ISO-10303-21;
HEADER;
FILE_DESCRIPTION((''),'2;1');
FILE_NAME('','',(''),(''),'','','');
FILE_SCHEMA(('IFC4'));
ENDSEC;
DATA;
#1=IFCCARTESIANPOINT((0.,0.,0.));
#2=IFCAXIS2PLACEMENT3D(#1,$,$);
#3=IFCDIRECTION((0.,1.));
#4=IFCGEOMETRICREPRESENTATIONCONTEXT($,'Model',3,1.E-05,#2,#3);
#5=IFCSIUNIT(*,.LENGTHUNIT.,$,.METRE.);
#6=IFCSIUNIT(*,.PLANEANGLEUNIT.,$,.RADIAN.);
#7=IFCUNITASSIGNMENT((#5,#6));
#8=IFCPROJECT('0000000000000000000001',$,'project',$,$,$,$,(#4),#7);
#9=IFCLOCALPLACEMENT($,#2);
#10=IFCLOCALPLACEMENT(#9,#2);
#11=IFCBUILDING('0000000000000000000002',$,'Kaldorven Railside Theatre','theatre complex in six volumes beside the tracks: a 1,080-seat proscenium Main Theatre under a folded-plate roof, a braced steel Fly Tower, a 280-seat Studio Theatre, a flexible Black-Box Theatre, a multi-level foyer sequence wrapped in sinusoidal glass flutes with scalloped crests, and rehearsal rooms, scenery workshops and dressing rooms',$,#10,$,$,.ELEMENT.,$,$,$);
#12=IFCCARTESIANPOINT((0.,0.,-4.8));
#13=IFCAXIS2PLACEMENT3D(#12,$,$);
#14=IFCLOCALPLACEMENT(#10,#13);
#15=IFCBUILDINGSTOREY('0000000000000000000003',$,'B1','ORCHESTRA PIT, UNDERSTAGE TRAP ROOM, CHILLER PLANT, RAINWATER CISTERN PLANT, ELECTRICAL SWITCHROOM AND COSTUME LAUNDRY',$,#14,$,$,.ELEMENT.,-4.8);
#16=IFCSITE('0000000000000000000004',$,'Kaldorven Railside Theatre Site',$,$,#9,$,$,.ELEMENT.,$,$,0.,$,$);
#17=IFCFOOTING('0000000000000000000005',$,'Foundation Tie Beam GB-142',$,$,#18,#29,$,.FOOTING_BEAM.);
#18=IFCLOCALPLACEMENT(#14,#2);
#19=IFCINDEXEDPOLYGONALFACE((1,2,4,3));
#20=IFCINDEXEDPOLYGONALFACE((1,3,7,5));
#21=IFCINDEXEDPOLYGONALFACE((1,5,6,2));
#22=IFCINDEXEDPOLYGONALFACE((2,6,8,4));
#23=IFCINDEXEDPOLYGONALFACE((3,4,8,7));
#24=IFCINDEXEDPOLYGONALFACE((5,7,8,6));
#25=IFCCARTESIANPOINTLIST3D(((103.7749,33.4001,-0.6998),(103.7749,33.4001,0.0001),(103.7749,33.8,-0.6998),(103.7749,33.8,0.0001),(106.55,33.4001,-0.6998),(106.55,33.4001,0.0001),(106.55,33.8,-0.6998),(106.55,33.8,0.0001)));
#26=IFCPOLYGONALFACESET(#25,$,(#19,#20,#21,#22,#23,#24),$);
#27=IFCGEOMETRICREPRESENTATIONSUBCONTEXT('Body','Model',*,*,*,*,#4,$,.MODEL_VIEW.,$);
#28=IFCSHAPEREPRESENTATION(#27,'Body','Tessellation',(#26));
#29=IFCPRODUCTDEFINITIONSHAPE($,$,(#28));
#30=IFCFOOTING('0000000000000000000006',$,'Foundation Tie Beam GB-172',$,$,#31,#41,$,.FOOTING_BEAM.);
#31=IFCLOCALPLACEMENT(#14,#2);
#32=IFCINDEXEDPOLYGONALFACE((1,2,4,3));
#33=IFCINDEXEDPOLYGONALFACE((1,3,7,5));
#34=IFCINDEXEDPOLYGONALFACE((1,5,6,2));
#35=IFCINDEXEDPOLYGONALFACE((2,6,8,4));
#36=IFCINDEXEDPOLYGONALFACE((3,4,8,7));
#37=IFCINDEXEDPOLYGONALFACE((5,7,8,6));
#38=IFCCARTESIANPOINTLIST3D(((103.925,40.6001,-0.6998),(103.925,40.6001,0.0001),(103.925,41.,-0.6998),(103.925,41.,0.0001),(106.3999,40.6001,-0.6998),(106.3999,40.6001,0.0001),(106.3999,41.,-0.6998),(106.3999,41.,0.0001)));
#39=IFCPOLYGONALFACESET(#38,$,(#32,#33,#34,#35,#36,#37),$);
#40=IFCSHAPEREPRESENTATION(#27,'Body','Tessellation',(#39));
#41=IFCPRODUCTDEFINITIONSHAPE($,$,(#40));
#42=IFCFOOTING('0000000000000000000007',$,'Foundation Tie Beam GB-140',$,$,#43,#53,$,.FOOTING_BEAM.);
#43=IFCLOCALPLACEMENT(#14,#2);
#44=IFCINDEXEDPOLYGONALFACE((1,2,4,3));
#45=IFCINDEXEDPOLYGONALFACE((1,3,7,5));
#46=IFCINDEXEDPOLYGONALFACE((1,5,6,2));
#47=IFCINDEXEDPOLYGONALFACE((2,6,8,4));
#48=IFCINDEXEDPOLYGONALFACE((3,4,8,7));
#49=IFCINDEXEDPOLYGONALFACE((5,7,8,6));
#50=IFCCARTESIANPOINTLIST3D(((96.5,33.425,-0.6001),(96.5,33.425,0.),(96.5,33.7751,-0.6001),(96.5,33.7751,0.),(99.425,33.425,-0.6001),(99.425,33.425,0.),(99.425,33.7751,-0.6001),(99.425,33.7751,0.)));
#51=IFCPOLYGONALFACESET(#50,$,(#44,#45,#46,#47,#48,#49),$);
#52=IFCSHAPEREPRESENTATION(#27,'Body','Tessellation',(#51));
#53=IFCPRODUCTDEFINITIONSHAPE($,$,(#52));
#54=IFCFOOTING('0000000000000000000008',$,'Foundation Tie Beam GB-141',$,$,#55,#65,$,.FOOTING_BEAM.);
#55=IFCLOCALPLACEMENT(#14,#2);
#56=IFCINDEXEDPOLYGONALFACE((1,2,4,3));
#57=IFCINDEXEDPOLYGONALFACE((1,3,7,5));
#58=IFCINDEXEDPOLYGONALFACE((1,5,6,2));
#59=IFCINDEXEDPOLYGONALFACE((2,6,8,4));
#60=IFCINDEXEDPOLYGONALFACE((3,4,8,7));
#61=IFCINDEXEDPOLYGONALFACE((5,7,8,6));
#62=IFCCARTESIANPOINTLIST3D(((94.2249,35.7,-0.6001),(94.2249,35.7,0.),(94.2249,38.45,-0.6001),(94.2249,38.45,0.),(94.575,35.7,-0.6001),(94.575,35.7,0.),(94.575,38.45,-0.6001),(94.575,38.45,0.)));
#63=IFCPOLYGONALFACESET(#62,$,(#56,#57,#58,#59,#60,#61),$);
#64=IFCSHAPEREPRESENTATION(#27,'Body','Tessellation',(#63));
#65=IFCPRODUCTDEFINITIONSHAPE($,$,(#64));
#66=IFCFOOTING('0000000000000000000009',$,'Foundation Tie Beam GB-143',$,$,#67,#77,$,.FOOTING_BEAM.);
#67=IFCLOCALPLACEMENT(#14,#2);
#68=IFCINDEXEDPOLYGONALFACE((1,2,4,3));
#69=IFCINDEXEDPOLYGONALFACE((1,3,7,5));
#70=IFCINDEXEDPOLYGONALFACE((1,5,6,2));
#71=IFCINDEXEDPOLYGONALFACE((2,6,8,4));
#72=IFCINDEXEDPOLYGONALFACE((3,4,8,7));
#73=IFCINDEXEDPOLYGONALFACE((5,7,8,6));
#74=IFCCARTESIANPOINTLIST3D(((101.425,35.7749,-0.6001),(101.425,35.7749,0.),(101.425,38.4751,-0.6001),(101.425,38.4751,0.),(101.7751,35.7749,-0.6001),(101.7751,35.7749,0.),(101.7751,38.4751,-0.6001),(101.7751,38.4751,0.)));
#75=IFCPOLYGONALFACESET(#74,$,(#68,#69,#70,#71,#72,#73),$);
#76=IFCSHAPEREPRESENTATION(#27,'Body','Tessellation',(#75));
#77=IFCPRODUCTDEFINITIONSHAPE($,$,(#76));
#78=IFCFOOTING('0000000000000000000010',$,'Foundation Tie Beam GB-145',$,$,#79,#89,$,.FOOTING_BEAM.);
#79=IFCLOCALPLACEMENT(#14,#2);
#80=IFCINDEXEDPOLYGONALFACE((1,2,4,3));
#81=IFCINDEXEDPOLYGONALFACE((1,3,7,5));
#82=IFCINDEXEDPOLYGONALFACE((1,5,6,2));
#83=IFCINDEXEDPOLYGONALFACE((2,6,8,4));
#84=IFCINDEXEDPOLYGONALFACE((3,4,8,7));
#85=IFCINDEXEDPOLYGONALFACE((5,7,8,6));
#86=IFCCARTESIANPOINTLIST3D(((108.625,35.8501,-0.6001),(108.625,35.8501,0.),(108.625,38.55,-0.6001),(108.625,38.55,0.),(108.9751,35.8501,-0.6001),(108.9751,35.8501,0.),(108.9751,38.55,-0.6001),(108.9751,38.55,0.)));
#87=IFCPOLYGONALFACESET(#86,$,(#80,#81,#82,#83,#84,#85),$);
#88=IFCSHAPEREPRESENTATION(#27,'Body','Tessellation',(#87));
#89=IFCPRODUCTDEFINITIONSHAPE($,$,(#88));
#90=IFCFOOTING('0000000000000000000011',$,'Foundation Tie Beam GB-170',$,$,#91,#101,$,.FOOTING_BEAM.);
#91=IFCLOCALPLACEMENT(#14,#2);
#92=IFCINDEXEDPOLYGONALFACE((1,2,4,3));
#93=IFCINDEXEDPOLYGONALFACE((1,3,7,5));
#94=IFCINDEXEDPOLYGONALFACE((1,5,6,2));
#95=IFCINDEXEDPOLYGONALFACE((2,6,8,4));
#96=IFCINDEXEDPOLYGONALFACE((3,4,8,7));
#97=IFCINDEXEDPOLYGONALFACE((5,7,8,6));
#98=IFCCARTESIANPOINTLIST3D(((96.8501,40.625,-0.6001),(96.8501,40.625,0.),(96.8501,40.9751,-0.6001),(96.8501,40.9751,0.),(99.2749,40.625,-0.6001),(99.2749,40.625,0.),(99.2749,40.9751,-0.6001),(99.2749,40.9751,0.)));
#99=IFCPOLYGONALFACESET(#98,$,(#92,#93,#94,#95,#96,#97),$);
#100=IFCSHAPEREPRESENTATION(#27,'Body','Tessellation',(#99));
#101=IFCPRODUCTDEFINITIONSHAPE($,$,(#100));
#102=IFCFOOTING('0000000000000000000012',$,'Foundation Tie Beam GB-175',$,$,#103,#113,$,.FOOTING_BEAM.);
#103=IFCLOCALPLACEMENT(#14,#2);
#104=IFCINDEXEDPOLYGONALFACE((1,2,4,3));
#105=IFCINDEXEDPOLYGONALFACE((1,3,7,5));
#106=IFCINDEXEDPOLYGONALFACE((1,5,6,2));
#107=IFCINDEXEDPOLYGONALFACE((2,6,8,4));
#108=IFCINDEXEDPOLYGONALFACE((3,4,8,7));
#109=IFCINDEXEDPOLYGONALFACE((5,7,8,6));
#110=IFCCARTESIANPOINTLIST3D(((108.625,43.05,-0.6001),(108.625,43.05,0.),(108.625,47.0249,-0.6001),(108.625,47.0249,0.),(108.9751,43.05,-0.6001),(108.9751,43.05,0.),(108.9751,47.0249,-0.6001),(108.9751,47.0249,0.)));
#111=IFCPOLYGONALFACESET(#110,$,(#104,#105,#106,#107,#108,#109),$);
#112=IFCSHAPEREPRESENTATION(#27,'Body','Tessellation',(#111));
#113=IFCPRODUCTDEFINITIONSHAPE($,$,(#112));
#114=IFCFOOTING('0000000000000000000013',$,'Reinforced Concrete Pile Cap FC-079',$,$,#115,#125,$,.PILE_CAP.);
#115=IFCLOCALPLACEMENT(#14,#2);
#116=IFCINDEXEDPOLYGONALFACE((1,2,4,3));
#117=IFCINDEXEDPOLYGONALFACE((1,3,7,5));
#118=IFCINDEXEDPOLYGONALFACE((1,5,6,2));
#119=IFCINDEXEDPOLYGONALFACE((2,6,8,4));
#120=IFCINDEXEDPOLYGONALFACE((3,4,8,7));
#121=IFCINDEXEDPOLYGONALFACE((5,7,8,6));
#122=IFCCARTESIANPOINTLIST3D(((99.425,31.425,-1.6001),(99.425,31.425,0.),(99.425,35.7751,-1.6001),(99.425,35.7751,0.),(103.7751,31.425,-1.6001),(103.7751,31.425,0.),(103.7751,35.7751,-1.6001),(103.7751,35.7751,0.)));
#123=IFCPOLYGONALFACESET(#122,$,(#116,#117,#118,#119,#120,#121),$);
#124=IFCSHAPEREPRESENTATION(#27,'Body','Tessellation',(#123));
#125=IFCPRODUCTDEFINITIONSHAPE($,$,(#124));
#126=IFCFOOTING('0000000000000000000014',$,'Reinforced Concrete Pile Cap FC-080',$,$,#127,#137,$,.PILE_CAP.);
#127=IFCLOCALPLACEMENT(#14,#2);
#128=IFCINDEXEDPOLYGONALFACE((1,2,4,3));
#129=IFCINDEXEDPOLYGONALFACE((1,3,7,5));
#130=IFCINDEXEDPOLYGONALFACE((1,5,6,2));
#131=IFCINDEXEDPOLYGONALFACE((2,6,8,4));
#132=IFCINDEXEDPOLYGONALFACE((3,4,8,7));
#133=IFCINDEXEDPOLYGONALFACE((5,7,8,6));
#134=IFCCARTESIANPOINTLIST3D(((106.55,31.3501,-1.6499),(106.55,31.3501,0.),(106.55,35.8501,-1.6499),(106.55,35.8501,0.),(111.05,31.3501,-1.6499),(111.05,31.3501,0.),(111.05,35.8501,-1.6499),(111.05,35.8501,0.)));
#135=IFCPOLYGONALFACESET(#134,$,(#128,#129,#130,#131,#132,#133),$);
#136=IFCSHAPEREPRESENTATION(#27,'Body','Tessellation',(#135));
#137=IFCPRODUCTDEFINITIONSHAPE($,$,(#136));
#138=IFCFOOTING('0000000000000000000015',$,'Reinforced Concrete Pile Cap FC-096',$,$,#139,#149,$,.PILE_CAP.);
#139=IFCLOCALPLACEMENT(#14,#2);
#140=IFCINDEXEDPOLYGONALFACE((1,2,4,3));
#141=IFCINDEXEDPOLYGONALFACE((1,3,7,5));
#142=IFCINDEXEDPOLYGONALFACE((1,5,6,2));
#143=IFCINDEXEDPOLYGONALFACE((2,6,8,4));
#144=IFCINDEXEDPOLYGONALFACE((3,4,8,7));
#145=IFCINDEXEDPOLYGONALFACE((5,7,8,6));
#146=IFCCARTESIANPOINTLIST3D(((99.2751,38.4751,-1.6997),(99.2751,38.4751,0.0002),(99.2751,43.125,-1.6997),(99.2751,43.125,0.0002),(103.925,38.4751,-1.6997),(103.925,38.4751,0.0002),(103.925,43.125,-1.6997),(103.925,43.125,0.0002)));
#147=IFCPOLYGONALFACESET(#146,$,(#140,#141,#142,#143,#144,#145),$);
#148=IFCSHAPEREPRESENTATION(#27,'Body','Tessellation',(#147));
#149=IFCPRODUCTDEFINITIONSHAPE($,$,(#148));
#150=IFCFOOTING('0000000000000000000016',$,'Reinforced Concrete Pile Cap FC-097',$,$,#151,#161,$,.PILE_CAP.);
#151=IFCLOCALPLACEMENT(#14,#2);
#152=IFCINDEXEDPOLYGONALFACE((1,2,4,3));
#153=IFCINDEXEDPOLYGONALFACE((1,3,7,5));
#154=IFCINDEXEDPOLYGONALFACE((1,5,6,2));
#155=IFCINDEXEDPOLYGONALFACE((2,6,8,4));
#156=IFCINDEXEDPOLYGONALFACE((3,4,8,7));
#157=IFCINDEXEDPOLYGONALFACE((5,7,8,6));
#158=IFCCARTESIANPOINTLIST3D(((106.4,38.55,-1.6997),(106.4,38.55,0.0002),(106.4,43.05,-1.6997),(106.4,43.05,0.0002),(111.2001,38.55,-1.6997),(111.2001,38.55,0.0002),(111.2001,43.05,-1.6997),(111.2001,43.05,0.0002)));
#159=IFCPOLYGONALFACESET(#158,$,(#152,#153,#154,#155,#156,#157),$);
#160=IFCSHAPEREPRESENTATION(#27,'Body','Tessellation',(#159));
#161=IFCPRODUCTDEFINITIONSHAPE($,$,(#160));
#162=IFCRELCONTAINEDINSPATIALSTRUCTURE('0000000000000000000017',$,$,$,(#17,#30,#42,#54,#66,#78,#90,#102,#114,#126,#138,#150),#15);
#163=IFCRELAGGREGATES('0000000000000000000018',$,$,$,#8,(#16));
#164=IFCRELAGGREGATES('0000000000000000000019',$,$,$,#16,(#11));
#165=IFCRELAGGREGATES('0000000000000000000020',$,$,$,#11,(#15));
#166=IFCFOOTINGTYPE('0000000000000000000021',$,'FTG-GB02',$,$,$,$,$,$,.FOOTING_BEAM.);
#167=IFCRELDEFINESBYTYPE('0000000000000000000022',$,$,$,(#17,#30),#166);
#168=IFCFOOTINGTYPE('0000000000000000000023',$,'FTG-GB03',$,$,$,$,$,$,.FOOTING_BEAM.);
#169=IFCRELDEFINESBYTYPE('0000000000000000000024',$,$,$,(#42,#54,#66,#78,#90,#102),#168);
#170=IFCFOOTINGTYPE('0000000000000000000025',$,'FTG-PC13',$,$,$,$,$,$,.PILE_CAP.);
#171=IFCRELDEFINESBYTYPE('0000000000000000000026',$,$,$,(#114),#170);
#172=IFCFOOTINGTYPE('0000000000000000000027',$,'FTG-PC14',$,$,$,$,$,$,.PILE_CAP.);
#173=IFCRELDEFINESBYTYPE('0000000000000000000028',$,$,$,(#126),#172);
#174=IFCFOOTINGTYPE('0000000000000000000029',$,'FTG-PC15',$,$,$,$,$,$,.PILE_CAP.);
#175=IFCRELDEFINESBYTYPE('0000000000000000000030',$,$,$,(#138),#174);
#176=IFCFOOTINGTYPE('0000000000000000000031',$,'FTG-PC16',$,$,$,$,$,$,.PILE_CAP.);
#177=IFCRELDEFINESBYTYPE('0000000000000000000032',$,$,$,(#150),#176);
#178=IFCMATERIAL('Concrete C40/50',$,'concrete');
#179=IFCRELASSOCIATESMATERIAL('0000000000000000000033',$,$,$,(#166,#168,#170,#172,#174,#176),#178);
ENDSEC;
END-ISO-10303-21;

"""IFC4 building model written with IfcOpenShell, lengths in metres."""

from ifc_helpers import new_model, si_unit, direction, frame, origin, origin_2d, place, context, subcontext, project, spatial, rectangle, extrude, material, material_profile, profile_set, type_object, element, save


model = new_model("IFC4")

# Units and contexts
model_context = context("Model", 3, precision=1e-05, world=origin(), true_north=direction((0.0, 1.0)))
body_context = subcontext(model_context, "Body", "Model", "MODEL_VIEW")
ifc_project = project(units=[si_unit("LENGTHUNIT", "METRE"), si_unit("PLANEANGLEUNIT", "RADIAN")], contexts=[model_context])

# Site, building, storey
site_placement = place(None, origin())
site = spatial("IfcSite", under=ifc_project, at=site_placement, Name="Kaldorven Railside Theatre Site", CompositionType="ELEMENT", RefElevation=0.0)
building_placement = place(site_placement, origin())
building = spatial("IfcBuilding", under=site, at=building_placement, Name="Kaldorven Railside Theatre", Description="theatre complex in six volumes beside the tracks: a 1,080-seat proscenium Main Theatre under a folded-plate roof, a braced steel Fly Tower, a 280-seat Studio Theatre, a flexible Black-Box Theatre, a multi-level foyer sequence wrapped in sinusoidal glass flutes with scalloped crests, and rehearsal rooms, scenery workshops and dressing rooms", CompositionType="ELEMENT")
storey_placement = place(building_placement, frame((0.0, 0.0, -4.8)))
storey = spatial("IfcBuildingStorey", under=building, at=storey_placement, Name="B1", Description="ORCHESTRA PIT, UNDERSTAGE TRAP ROOM, CHILLER PLANT, RAINWATER CISTERN PLANT, ELECTRICAL SWITCHROOM AND COSTUME LAUNDRY", CompositionType="ELEMENT", Elevation=-4.8)

# Footings
ifc_material_1 = material(Name="Concrete C40/50", Category="concrete")
ifc_material_profile_1 = material_profile(ifc_material_1, rectangle(XDim=0.3999, YDim=0.7, at=origin_2d()), Name="RC 400x700")
ifc_profile_set_1 = profile_set([ifc_material_profile_1], Name="Concrete C40/50")
footing_type_1 = type_object("IfcFootingType", Name="FTG-GB02", PredefinedType="FOOTING_BEAM", material=ifc_profile_set_1)
footing_1_placement = place(storey_placement, frame((103.7749, 33.6001, -0.3499), z_axis=(1.0, 0.0, 0.0), x_axis=(0.0, 1.0, 0.0)))
element("IfcFooting", 1, at=footing_1_placement, inside=storey, type_object=footing_type_1, Name="Foundation Tie Beam GB-142", PredefinedType="FOOTING_BEAM", context=body_context, shape_type="SweptSolid", body=[
    extrude(rectangle(XDim=0.3999, YDim=0.7, at=origin_2d()), origin(), (0.0, 0.0, 1.0), 2.7751),
])
footing_2_placement = place(storey_placement, frame((103.925, 40.8, -0.3499), z_axis=(1.0, 0.0, 0.0), x_axis=(0.0, 1.0, 0.0)))
element("IfcFooting", 2, at=footing_2_placement, inside=storey, type_object=footing_type_1, Name="Foundation Tie Beam GB-172", PredefinedType="FOOTING_BEAM", context=body_context, shape_type="SweptSolid", body=[
    extrude(rectangle(XDim=0.3999, YDim=0.7, at=origin_2d()), origin(), (0.0, 0.0, 1.0), 2.4749),
])
ifc_material_profile_2 = material_profile(ifc_material_1, rectangle(XDim=0.3501, YDim=0.6001, at=origin_2d()), Name="RC 350x600")
ifc_profile_set_2 = profile_set([ifc_material_profile_2], Name="Concrete C40/50")
footing_type_2 = type_object("IfcFootingType", Name="FTG-GB03", PredefinedType="FOOTING_BEAM", material=ifc_profile_set_2)
footing_3_placement = place(storey_placement, frame((96.5, 33.6001, -0.3), z_axis=(1.0, 0.0, 0.0), x_axis=(0.0, 1.0, 0.0)))
element("IfcFooting", 3, at=footing_3_placement, inside=storey, type_object=footing_type_2, Name="Foundation Tie Beam GB-140", PredefinedType="FOOTING_BEAM", context=body_context, shape_type="SweptSolid", body=[
    extrude(rectangle(XDim=0.3501, YDim=0.6001, at=origin_2d()), origin(), (0.0, 0.0, 1.0), 2.925),
])
footing_4_placement = place(storey_placement, frame((94.3999, 35.7, -0.3), z_axis=(0.0, 1.0, 0.0), x_axis=(-1.0, 0.0, 0.0)))
element("IfcFooting", 4, at=footing_4_placement, inside=storey, type_object=footing_type_2, Name="Foundation Tie Beam GB-141", PredefinedType="FOOTING_BEAM", context=body_context, shape_type="SweptSolid", body=[
    extrude(rectangle(XDim=0.3501, YDim=0.6001, at=origin_2d()), origin(), (0.0, 0.0, 1.0), 2.75),
])
footing_5_placement = place(storey_placement, frame((101.6001, 35.7749, -0.3), z_axis=(0.0, 1.0, 0.0), x_axis=(-1.0, 0.0, 0.0)))
element("IfcFooting", 5, at=footing_5_placement, inside=storey, type_object=footing_type_2, Name="Foundation Tie Beam GB-143", PredefinedType="FOOTING_BEAM", context=body_context, shape_type="SweptSolid", body=[
    extrude(rectangle(XDim=0.3501, YDim=0.6001, at=origin_2d()), origin(), (0.0, 0.0, 1.0), 2.7002),
])
footing_6_placement = place(storey_placement, frame((108.8, 35.8501, -0.3), z_axis=(0.0, 1.0, 0.0), x_axis=(-1.0, 0.0, 0.0)))
element("IfcFooting", 6, at=footing_6_placement, inside=storey, type_object=footing_type_2, Name="Foundation Tie Beam GB-145", PredefinedType="FOOTING_BEAM", context=body_context, shape_type="SweptSolid", body=[
    extrude(rectangle(XDim=0.3501, YDim=0.6001, at=origin_2d()), origin(), (0.0, 0.0, 1.0), 2.7),
])
footing_7_placement = place(storey_placement, frame((96.8501, 40.8, -0.3), z_axis=(1.0, 0.0, 0.0), x_axis=(0.0, 1.0, 0.0)))
element("IfcFooting", 7, at=footing_7_placement, inside=storey, type_object=footing_type_2, Name="Foundation Tie Beam GB-170", PredefinedType="FOOTING_BEAM", context=body_context, shape_type="SweptSolid", body=[
    extrude(rectangle(XDim=0.3501, YDim=0.6001, at=origin_2d()), origin(), (0.0, 0.0, 1.0), 2.4248),
])
footing_8_placement = place(storey_placement, frame((108.8, 43.05, -0.3), z_axis=(0.0, 1.0, 0.0), x_axis=(-1.0, 0.0, 0.0)))
element("IfcFooting", 8, at=footing_8_placement, inside=storey, type_object=footing_type_2, Name="Foundation Tie Beam GB-175", PredefinedType="FOOTING_BEAM", context=body_context, shape_type="SweptSolid", body=[
    extrude(rectangle(XDim=0.3501, YDim=0.6001, at=origin_2d()), origin(), (0.0, 0.0, 1.0), 3.9749),
])
footing_type_3 = type_object("IfcFootingType", Name="FTG-PC13", PredefinedType="PILE_CAP", material=ifc_material_1)
footing_9_placement = place(storey_placement, frame((101.6001, 33.6001, -1.6001), z_axis=(0.0, 0.0, 1.0), x_axis=(1.0, 0.0, 0.0)))
element("IfcFooting", 9, at=footing_9_placement, inside=storey, type_object=footing_type_3, Name="Reinforced Concrete Pile Cap FC-079", PredefinedType="PILE_CAP", context=body_context, shape_type="SweptSolid", body=[
    extrude(rectangle(XDim=4.3501, YDim=4.3501, at=origin_2d()), origin(), (0.0, 0.0, 1.0), 1.6001),
])
footing_type_4 = type_object("IfcFootingType", Name="FTG-PC14", PredefinedType="PILE_CAP", material=ifc_material_1)
footing_10_placement = place(storey_placement, frame((108.8, 33.6001, -1.6499), z_axis=(0.0, 0.0, 1.0), x_axis=(1.0, 0.0, 0.0)))
element("IfcFooting", 10, at=footing_10_placement, inside=storey, type_object=footing_type_4, Name="Reinforced Concrete Pile Cap FC-080", PredefinedType="PILE_CAP", context=body_context, shape_type="SweptSolid", body=[
    extrude(rectangle(XDim=4.5, YDim=4.5, at=origin_2d()), origin(), (0.0, 0.0, 1.0), 1.6499),
])
footing_type_5 = type_object("IfcFootingType", Name="FTG-PC15", PredefinedType="PILE_CAP", material=ifc_material_1)
footing_11_placement = place(storey_placement, frame((101.6001, 40.8, -1.6997), z_axis=(0.0, 0.0, 1.0), x_axis=(1.0, 0.0, 0.0)))
element("IfcFooting", 11, at=footing_11_placement, inside=storey, type_object=footing_type_5, Name="Reinforced Concrete Pile Cap FC-096", PredefinedType="PILE_CAP", context=body_context, shape_type="SweptSolid", body=[
    extrude(rectangle(XDim=4.6499, YDim=4.6499, at=origin_2d()), origin(), (0.0, 0.0, 1.0), 1.7),
])
footing_type_6 = type_object("IfcFootingType", Name="FTG-PC16", PredefinedType="PILE_CAP", material=ifc_material_1)
footing_12_placement = place(storey_placement, frame((108.8, 40.8, -1.6997), z_axis=(0.0, 0.0, 1.0), x_axis=(1.0, 0.0, 0.0)))
element("IfcFooting", 12, at=footing_12_placement, inside=storey, type_object=footing_type_6, Name="Reinforced Concrete Pile Cap FC-097", PredefinedType="PILE_CAP", context=body_context, shape_type="SweptSolid", body=[
    extrude(rectangle(XDim=4.8, YDim=4.5, at=origin_2d()), origin(), (0.0, 0.0, 1.0), 1.7),
])

save(model, "model.ifc")
